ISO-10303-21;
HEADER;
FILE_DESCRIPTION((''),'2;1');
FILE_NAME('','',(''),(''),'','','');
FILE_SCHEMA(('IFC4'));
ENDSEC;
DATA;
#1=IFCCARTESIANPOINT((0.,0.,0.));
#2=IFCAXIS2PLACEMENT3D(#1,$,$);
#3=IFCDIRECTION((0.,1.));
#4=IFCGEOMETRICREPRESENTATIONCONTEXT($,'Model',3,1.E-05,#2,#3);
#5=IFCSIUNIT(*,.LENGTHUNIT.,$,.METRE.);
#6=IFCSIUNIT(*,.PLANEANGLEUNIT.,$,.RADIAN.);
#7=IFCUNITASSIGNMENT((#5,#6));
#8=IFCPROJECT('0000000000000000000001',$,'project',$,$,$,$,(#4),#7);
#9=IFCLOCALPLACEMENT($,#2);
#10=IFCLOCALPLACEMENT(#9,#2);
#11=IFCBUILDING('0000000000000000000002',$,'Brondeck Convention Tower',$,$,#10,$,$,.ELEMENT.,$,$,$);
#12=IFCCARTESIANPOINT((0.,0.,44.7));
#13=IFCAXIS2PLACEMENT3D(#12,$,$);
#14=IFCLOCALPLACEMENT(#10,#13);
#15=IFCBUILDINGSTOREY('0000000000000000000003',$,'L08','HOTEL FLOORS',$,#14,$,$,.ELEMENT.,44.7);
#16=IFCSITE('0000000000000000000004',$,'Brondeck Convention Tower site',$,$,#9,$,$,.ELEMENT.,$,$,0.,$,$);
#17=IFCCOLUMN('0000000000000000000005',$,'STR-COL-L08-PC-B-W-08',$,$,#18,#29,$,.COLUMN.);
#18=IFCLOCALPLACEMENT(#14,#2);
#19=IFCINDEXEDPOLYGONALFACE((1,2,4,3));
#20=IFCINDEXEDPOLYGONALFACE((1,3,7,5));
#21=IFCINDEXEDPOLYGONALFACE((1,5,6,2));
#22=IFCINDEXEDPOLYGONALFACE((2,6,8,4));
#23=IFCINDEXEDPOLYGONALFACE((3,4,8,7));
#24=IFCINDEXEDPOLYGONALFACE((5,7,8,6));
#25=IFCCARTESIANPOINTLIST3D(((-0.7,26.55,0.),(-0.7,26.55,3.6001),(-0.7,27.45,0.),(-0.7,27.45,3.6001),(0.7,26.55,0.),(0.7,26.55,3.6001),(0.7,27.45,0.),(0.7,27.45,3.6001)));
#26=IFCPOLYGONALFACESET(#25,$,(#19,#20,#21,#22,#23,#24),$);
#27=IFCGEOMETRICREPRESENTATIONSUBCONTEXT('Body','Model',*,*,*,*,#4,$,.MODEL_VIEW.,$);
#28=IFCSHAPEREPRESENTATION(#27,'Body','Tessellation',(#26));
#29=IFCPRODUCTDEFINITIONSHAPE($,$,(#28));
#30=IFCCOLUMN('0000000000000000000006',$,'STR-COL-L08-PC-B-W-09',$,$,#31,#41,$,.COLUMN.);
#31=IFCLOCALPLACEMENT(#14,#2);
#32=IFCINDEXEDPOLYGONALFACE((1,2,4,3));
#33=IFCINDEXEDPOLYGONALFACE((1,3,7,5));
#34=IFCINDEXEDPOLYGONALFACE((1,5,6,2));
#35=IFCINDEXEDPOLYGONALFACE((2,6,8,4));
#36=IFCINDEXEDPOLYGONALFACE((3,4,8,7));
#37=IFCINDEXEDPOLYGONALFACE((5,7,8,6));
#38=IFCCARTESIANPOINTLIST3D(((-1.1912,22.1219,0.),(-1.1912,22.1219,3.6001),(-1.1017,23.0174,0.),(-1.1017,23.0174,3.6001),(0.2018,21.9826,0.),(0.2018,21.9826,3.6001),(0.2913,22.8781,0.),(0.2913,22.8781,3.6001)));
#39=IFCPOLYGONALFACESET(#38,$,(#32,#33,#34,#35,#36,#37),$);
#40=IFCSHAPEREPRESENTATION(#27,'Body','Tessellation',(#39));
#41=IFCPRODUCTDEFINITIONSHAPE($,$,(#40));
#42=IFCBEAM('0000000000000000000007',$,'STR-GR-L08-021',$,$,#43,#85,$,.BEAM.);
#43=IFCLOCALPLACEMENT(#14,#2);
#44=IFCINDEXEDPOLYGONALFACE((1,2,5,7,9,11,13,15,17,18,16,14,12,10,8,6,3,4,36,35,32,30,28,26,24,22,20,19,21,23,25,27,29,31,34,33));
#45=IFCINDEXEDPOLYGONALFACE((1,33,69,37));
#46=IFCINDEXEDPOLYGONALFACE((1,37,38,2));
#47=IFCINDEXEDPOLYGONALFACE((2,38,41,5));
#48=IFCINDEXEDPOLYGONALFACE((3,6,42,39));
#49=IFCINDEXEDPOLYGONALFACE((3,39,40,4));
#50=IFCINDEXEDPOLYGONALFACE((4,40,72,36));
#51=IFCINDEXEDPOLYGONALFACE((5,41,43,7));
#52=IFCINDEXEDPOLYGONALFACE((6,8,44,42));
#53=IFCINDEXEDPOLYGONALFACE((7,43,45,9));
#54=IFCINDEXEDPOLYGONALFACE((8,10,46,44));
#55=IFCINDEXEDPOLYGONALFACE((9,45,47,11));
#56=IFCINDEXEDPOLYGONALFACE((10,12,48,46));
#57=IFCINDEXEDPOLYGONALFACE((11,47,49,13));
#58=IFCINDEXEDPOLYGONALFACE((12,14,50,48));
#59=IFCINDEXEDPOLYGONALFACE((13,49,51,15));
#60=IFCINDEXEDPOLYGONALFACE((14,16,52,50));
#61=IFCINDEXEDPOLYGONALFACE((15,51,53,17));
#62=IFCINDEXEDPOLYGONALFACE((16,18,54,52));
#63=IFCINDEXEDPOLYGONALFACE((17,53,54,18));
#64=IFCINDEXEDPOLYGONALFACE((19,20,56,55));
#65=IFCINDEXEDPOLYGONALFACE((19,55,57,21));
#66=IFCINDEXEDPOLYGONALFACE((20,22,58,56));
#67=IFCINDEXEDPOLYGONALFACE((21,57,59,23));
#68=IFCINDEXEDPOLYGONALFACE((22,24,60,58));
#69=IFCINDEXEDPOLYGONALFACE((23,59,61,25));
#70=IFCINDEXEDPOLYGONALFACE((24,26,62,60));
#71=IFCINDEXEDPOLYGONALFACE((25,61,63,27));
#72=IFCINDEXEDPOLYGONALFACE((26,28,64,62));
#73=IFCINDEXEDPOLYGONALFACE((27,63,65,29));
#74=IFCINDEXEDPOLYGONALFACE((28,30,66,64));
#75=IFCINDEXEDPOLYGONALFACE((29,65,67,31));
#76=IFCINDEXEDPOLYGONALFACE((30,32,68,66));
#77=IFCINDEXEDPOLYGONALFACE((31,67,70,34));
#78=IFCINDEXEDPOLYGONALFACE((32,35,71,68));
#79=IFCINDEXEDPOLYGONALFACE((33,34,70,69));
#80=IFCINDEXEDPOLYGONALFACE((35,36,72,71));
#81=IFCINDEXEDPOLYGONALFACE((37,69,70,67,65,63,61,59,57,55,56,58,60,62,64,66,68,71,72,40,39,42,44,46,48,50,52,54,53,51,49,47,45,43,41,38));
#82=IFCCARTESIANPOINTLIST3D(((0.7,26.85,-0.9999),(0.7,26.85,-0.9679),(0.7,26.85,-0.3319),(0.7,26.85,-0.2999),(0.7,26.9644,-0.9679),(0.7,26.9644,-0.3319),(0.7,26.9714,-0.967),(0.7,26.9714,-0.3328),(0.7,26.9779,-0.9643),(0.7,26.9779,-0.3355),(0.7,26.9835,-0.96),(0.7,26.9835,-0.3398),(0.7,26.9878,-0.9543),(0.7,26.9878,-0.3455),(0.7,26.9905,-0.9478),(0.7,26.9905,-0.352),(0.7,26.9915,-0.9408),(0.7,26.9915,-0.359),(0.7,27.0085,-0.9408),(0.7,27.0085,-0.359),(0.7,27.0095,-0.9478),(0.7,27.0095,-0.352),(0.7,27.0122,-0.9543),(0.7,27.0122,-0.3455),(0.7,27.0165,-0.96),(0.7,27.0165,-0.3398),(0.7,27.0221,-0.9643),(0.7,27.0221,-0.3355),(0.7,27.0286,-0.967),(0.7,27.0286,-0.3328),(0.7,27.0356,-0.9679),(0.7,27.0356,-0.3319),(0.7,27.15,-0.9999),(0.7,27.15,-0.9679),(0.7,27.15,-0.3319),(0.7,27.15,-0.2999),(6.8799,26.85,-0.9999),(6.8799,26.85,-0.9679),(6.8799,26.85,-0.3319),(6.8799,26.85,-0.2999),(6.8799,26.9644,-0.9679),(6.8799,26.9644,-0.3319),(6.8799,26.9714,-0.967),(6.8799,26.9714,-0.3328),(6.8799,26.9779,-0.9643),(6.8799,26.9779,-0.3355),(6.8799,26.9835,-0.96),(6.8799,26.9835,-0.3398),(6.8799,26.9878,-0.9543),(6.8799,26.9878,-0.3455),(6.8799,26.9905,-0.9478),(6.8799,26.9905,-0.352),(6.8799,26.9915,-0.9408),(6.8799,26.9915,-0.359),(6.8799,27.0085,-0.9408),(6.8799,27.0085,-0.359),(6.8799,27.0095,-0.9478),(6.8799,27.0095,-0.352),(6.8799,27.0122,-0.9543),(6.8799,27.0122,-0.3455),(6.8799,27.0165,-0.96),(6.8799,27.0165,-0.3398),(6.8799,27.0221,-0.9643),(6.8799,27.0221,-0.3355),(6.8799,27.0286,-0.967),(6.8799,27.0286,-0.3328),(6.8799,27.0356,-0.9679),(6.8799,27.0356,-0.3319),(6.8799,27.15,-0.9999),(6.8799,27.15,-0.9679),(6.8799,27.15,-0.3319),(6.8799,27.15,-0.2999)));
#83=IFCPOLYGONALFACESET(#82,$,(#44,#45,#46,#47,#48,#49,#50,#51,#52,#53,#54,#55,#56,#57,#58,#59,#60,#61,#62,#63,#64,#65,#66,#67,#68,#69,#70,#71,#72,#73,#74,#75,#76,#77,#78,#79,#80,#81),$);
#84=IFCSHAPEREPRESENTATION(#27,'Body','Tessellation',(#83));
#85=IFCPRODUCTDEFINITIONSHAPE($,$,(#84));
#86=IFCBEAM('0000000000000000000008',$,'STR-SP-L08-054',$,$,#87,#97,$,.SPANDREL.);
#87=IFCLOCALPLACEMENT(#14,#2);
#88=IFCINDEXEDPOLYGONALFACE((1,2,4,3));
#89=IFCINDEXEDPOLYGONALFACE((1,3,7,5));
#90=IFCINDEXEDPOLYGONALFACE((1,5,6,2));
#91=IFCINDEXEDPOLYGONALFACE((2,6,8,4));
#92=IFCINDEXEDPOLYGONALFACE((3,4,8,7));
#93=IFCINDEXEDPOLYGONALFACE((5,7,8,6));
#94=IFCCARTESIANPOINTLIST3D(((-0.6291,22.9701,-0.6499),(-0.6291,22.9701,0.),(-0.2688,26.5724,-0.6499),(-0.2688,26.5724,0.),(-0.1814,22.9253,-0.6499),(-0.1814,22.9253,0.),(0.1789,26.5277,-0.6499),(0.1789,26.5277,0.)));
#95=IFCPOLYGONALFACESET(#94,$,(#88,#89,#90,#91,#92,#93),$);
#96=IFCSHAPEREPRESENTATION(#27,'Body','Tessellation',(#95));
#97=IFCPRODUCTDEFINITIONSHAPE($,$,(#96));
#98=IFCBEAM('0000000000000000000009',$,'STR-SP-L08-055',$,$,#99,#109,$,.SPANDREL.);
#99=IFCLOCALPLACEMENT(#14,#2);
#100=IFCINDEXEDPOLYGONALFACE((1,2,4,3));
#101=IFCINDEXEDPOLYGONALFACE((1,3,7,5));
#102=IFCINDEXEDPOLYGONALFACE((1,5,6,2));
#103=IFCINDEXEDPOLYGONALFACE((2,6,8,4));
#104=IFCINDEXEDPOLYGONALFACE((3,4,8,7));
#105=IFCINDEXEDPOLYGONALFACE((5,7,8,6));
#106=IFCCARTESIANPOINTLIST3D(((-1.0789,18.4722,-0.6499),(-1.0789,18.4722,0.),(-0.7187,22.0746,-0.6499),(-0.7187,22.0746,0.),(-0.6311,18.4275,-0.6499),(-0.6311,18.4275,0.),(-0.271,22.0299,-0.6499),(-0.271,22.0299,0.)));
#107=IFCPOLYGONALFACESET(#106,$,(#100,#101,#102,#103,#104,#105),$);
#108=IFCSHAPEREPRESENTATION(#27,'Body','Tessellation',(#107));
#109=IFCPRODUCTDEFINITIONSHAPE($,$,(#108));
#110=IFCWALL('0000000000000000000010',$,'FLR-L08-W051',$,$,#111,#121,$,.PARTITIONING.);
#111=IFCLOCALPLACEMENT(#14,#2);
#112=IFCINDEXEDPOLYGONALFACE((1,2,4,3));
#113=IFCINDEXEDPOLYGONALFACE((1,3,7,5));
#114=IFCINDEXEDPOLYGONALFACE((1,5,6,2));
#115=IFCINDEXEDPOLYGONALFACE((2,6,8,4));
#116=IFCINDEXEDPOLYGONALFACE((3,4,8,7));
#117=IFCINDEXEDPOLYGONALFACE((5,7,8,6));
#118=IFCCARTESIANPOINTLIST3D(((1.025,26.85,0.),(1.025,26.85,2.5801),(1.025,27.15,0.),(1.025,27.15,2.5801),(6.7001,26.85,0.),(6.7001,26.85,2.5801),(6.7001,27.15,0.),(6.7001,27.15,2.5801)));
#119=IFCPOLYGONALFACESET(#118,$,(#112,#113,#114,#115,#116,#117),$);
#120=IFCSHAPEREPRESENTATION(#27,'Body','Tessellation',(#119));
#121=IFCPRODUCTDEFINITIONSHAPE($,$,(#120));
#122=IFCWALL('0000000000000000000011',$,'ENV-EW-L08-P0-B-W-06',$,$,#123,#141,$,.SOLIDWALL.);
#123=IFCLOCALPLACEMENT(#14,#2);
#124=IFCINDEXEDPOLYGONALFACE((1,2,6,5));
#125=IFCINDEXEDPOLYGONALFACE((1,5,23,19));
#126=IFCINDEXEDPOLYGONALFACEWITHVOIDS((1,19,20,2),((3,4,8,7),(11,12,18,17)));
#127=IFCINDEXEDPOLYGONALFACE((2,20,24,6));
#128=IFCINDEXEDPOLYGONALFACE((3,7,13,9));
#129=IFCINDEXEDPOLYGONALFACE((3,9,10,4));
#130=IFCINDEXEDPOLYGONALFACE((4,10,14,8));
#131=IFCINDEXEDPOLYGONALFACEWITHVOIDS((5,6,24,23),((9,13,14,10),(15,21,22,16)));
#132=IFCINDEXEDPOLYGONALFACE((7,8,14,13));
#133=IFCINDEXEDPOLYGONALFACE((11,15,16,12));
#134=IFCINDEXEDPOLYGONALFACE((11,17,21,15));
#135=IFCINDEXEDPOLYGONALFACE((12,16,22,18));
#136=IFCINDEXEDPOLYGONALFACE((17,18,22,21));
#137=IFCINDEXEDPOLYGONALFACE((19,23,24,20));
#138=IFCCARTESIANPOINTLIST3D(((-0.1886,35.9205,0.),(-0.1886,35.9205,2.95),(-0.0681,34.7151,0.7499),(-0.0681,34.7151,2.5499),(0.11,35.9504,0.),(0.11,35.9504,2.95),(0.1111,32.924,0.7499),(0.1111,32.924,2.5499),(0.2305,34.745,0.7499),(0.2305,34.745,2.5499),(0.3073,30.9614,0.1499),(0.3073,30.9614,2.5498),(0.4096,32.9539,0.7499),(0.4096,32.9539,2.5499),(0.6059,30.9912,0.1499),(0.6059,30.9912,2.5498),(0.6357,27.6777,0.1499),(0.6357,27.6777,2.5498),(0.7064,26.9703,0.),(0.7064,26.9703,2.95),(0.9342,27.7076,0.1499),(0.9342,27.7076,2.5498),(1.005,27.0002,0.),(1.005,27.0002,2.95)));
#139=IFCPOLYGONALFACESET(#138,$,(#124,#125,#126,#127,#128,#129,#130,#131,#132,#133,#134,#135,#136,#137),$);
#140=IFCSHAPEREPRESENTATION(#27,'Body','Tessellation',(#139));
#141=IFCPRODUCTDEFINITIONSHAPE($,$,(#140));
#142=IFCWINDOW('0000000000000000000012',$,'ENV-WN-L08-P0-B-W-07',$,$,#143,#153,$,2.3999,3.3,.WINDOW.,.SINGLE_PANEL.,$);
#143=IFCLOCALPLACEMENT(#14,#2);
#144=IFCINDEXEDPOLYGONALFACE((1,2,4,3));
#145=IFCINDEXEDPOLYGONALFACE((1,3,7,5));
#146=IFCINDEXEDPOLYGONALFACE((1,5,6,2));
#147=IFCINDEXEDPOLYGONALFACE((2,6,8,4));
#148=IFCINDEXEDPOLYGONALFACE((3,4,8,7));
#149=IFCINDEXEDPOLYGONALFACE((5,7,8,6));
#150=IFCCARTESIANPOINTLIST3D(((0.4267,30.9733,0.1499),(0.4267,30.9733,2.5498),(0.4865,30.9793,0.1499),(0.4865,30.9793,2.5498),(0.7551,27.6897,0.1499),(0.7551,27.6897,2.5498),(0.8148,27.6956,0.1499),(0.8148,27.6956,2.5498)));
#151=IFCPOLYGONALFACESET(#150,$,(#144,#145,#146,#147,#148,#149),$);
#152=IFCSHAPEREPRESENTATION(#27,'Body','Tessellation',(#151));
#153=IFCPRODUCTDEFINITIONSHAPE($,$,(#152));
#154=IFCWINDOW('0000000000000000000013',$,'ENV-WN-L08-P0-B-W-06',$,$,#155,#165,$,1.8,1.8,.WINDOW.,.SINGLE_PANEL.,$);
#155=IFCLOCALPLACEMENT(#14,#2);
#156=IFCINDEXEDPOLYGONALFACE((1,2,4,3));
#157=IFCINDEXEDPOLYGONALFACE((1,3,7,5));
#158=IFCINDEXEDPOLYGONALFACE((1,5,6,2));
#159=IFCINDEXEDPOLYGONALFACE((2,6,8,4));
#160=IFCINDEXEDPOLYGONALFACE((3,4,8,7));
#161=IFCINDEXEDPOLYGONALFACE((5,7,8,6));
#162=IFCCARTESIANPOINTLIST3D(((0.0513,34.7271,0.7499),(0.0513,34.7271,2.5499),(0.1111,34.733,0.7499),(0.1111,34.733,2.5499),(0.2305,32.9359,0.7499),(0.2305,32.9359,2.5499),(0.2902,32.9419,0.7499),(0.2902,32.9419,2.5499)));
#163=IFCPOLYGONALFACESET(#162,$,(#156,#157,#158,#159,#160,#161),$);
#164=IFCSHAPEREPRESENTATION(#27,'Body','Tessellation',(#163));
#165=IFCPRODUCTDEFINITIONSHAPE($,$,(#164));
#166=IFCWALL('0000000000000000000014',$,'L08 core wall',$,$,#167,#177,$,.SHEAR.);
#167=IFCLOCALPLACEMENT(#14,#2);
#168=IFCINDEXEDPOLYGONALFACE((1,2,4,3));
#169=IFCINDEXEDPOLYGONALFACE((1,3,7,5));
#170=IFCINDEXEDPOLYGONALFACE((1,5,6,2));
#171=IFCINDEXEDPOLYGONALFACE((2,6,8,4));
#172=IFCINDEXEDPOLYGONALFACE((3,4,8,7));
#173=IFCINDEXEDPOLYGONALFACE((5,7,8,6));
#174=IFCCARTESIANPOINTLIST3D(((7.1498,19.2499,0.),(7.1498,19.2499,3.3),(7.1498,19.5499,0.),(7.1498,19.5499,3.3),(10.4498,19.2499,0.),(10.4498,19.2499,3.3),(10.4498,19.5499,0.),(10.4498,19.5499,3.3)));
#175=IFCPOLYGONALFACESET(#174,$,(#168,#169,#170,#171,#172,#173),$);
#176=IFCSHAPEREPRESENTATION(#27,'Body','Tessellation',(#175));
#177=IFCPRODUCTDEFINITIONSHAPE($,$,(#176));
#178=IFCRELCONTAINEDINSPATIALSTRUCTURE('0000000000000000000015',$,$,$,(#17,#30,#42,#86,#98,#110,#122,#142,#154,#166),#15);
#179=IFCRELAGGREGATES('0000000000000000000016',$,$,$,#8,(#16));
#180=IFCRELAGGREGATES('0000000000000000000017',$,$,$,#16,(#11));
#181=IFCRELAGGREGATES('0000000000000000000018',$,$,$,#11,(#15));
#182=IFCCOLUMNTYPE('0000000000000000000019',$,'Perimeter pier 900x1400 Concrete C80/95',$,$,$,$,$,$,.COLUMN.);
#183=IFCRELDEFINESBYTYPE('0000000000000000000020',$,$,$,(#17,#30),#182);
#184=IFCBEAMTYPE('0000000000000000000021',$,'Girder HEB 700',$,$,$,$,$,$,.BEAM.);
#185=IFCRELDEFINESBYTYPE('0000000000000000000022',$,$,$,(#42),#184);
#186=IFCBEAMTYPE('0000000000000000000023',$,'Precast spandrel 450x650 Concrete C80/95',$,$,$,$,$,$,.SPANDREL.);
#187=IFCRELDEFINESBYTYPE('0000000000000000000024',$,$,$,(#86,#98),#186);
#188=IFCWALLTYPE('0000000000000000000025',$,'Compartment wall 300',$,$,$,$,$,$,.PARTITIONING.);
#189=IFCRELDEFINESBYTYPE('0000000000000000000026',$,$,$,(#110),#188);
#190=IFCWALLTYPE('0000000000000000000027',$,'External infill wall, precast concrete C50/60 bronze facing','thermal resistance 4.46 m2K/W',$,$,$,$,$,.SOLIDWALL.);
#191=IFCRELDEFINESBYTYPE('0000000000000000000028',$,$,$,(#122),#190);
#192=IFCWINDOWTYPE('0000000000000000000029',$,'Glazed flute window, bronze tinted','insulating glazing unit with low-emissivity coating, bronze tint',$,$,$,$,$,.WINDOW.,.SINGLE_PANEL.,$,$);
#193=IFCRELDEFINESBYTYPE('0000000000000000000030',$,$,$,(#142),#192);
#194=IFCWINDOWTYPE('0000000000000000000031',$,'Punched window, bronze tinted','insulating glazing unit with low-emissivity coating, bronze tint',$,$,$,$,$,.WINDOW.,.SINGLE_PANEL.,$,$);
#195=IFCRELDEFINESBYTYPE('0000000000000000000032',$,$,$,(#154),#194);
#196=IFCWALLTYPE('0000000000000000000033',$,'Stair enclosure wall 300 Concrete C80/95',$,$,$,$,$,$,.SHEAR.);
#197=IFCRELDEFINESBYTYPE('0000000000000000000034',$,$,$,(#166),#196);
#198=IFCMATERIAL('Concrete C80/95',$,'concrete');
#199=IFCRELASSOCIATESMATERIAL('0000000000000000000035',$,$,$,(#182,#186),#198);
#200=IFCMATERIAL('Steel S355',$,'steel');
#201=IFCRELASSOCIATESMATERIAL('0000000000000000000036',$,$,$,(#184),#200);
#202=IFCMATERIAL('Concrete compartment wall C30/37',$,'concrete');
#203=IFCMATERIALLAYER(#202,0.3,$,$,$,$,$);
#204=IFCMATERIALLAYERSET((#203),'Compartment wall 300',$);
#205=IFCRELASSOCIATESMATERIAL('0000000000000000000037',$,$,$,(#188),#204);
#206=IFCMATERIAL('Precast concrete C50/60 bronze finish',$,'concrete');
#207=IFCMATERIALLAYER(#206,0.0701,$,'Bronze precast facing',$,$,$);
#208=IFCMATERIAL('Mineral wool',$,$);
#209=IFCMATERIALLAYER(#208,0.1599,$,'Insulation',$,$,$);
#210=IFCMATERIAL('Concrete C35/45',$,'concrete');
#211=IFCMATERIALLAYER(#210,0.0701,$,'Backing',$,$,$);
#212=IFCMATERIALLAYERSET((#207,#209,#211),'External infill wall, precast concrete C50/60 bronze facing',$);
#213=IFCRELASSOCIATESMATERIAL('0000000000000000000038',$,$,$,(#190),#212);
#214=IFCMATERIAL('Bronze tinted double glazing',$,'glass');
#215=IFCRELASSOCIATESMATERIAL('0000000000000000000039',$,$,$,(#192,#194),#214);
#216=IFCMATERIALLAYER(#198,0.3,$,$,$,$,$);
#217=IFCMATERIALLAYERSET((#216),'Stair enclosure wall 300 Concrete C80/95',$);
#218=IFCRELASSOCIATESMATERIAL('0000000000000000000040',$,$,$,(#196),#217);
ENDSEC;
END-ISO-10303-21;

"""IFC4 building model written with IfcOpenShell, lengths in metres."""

from ifc_helpers import new_model, si_unit, direction, frame, frame_2d, origin, origin_2d, place, context, subcontext, project, spatial, rectangle, i_section, extrude, material, layer, layer_set, material_profile, profile_set, type_object, element, fill, save


model = new_model("IFC4")

# Units and contexts
model_context = context("Model", 3, precision=1e-05, world=origin(), true_north=direction((0.0, 1.0)))
body_context = subcontext(model_context, "Body", "Model", "MODEL_VIEW")
ifc_project = project(units=[si_unit("LENGTHUNIT", "METRE"), si_unit("PLANEANGLEUNIT", "RADIAN")], contexts=[model_context])

# Site, building, storey
site_placement = place(None, origin())
site = spatial("IfcSite", under=ifc_project, at=site_placement, Name="Brondeck Convention Tower site", CompositionType="ELEMENT", RefElevation=0.0)
building_placement = place(site_placement, origin())
building = spatial("IfcBuilding", under=site, at=building_placement, Name="Brondeck Convention Tower", CompositionType="ELEMENT")
storey_placement = place(building_placement, frame((0.0, 0.0, 44.7)))
storey = spatial("IfcBuildingStorey", under=building, at=storey_placement, Name="L08", Description="HOTEL FLOORS", CompositionType="ELEMENT", Elevation=44.7)

# Columns
ifc_material_1 = material(Name="Concrete C80/95", Category="concrete")
ifc_material_profile_1 = material_profile(ifc_material_1, rectangle(XDim=0.8999, YDim=1.3999, at=origin_2d()), Name="Perimeter pier 900x1400 Concrete C80/95")
ifc_profile_set_1 = profile_set([ifc_material_profile_1], Name="Concrete C80/95")
column_type = type_object("IfcColumnType", Name="Perimeter pier 900x1400 Concrete C80/95", PredefinedType="COLUMN", material=ifc_profile_set_1)
for number, where, z_axis, x_axis, name in (
    (1, (0.0, 27.0, 0.0), (0.0, 0.0, 1.0), (0.0, -1.0, 0.0), "STR-COL-L08-PC-B-W-08"),
    (2, (-0.45, 22.5, 0.0), (0.0, 0.0, 1.0), (-0.099504, -0.995037, 0.0), "STR-COL-L08-PC-B-W-09"),
):
    element("IfcColumn", number, at=place(storey_placement, frame(where, z_axis=z_axis, x_axis=x_axis)), inside=storey, type_object=column_type, Name=name, PredefinedType="COLUMN", context=body_context, shape_type="SweptSolid", body=[
        extrude(rectangle(XDim=0.8999, YDim=1.3999, at=origin_2d()), origin(), (0.0, 0.0, 1.0), 3.6001),
    ])

# Beams
ifc_material_2 = material(Name="Steel S355", Category="steel")
ifc_material_profile_2 = material_profile(ifc_material_2, i_section(OverallWidth=0.3, OverallDepth=0.7, WebThickness=0.0171, FlangeThickness=0.032, FilletRadius=0.0271, at=origin_2d()), Name="HEB 700")
ifc_profile_set_2 = profile_set([ifc_material_profile_2], Name="Steel S355")
beam_type_1 = type_object("IfcBeamType", Name="Girder HEB 700", PredefinedType="BEAM", material=ifc_profile_set_2)
beam_placement = place(storey_placement, frame((0.7, 27.0, -0.6499), z_axis=(1.0, 0.0, 0.0), x_axis=(0.0, 1.0, 0.0)))
element("IfcBeam", 3, at=beam_placement, inside=storey, type_object=beam_type_1, Name="STR-GR-L08-021", PredefinedType="BEAM", context=body_context, shape_type="SweptSolid", body=[
    extrude(i_section(OverallWidth=0.3, OverallDepth=0.7, WebThickness=0.0171, FlangeThickness=0.032, FilletRadius=0.0271, at=origin_2d()), origin(), (0.0, 0.0, 1.0), 6.1799),
])
ifc_material_profile_3 = material_profile(ifc_material_1, rectangle(XDim=0.45, YDim=0.6499, at=origin_2d()), Name="Precast spandrel 450x650 Concrete C80/95")
ifc_profile_set_3 = profile_set([ifc_material_profile_3], Name="Concrete C80/95")
beam_type_2 = type_object("IfcBeamType", Name="Precast spandrel 450x650 Concrete C80/95", PredefinedType="SPANDREL", material=ifc_profile_set_3)
for number, where, z_axis, x_axis, name in (
    (4, (-0.0449, 26.55, -0.325), (-0.099537, -0.995034, 0.0), (0.995034, -0.099537, 0.0), "STR-SP-L08-054"),
    (5, (-0.4949, 22.0522, -0.325), (-0.09947, -0.995041, 0.0), (0.995041, -0.09947, 0.0), "STR-SP-L08-055"),
):
    element("IfcBeam", number, at=place(storey_placement, frame(where, z_axis=z_axis, x_axis=x_axis)), inside=storey, type_object=beam_type_2, Name=name, PredefinedType="SPANDREL", context=body_context, shape_type="SweptSolid", body=[
        extrude(rectangle(XDim=0.45, YDim=0.6499, at=origin_2d()), origin(), (0.0, 0.0, 1.0), 3.6204),
    ])

# Wall
ifc_material_3 = material(Name="Concrete compartment wall C30/37", Category="concrete")
ifc_layer_1 = layer(ifc_material_3, 0.3)
ifc_layer_set_1 = layer_set([ifc_layer_1], Name="Compartment wall 300")
wall_type_1 = type_object("IfcWallType", Name="Compartment wall 300", PredefinedType="PARTITIONING", material=ifc_layer_set_1)
wall_1_placement = place(storey_placement, frame((6.7, 27.0, 0.0), z_axis=(0.0, 0.0, 1.0), x_axis=(-1.0, 0.0, 0.0)))
element("IfcWall", 6, at=wall_1_placement, inside=storey, type_object=wall_type_1, Name="FLR-L08-W051", PredefinedType="PARTITIONING", context=body_context, shape_type="SweptSolid", body=[
    extrude(rectangle(XDim=5.675, YDim=0.3, at=frame_2d((2.8374, 0.0))), origin(), (0.0, 0.0, 1.0), 2.5801),
])

# Wall, openings, windows
ifc_material_4 = material(Name="Precast concrete C50/60 bronze finish", Category="concrete")
ifc_layer_2 = layer(ifc_material_4, 0.0701, Name="Bronze precast facing")
ifc_material_5 = material(Name="Mineral wool")
ifc_layer_3 = layer(ifc_material_5, 0.1599, Name="Insulation")
ifc_material_6 = material(Name="Concrete C35/45", Category="concrete")
ifc_layer_4 = layer(ifc_material_6, 0.0701, Name="Backing")
ifc_layer_set_2 = layer_set([ifc_layer_2, ifc_layer_3, ifc_layer_4], Name="External infill wall, precast concrete C50/60 bronze facing")
wall_type_2 = type_object("IfcWallType", Name="External infill wall, precast concrete C50/60 bronze facing", Description="thermal resistance 4.46 m2K/W", PredefinedType="SOLIDWALL", material=ifc_layer_set_2)
wall_2_placement = place(storey_placement, frame((0.8557, 26.9851, 0.0), z_axis=(0.0, 0.0, 1.0), x_axis=(-0.099504, 0.995037, 0.0)))
wall_2 = element("IfcWall", 7, at=wall_2_placement, inside=storey, type_object=wall_type_2, Name="ENV-EW-L08-P0-B-W-06", PredefinedType="SOLIDWALL", context=body_context, shape_type="SweptSolid", body=[
    extrude(rectangle(XDim=8.9949, YDim=0.3, at=frame_2d((4.4976, 0.0))), origin(), (0.0, 0.0, 1.0), 2.95),
])
opening_1_placement = place(wall_2_placement, frame((0.7112, 0.0, 0.1499)))
opening_1 = element("IfcOpeningElement", 8, at=opening_1_placement, cuts=wall_2, PredefinedType="OPENING", context=body_context, shape_type="SweptSolid", body=[
    extrude(rectangle(XDim=3.3, YDim=2.3999, at=frame_2d((1.6499, 1.2))), frame((0.0, 0.1599, 0.0), z_axis=(0.0, -1.0, 0.0), x_axis=(1.0, 0.0, 0.0)), (0.0, 0.0, 1.0), 0.3201),
])
opening_2_placement = place(wall_2_placement, frame((5.9836, 0.0, 0.75)))
opening_2 = element("IfcOpeningElement", 9, at=opening_2_placement, cuts=wall_2, PredefinedType="OPENING", context=body_context, shape_type="SweptSolid", body=[
    extrude(rectangle(XDim=1.8, YDim=1.8, at=frame_2d((0.8999, 0.8999))), frame((0.0, 0.1599, 0.0), z_axis=(0.0, -1.0, 0.0), x_axis=(1.0, 0.0, 0.0)), (0.0, 0.0, 1.0), 0.3201),
])
ifc_material_7 = material(Name="Bronze tinted double glazing", Category="glass")
window_type_1 = type_object("IfcWindowType", Name="Glazed flute window, bronze tinted", Description="insulating glazing unit with low-emissivity coating, bronze tint", PartitioningType="SINGLE_PANEL", PredefinedType="WINDOW", material=ifc_material_7)
window_1_placement = place(opening_1_placement, origin())
window_1 = element("IfcWindow", 10, at=window_1_placement, inside=storey, type_object=window_type_1, Name="ENV-WN-L08-P0-B-W-07", OverallHeight=2.3999, OverallWidth=3.3, PartitioningType="SINGLE_PANEL", PredefinedType="WINDOW", context=body_context, shape_type="SweptSolid", body=[
    extrude(rectangle(XDim=3.3, YDim=2.3999, at=frame_2d((1.6499, 1.2))), frame((0.0, 0.03, 0.0), z_axis=(0.0, -1.0, 0.0), x_axis=(1.0, 0.0, 0.0)), (0.0, 0.0, 1.0), 0.0601),
])
fill(opening_1, window_1)
window_type_2 = type_object("IfcWindowType", Name="Punched window, bronze tinted", Description="insulating glazing unit with low-emissivity coating, bronze tint", PartitioningType="SINGLE_PANEL", PredefinedType="WINDOW", material=ifc_material_7)
window_2_placement = place(opening_2_placement, origin())
window_2 = element("IfcWindow", 11, at=window_2_placement, inside=storey, type_object=window_type_2, Name="ENV-WN-L08-P0-B-W-06", OverallHeight=1.8, OverallWidth=1.8, PartitioningType="SINGLE_PANEL", PredefinedType="WINDOW", context=body_context, shape_type="SweptSolid", body=[
    extrude(rectangle(XDim=1.8, YDim=1.8, at=frame_2d((0.8999, 0.8999))), frame((0.0, 0.03, 0.0), z_axis=(0.0, -1.0, 0.0), x_axis=(1.0, 0.0, 0.0)), (0.0, 0.0, 1.0), 0.0601),
])
fill(opening_2, window_2)

# Wall
ifc_layer_5 = layer(ifc_material_1, 0.3)
ifc_layer_set_3 = layer_set([ifc_layer_5], Name="Stair enclosure wall 300 Concrete C80/95")
wall_type_3 = type_object("IfcWallType", Name="Stair enclosure wall 300 Concrete C80/95", PredefinedType="SHEAR", material=ifc_layer_set_3)
wall_3_placement = place(storey_placement, frame((7.1499, 19.3999, 0.0), z_axis=(0.0, 0.0, 1.0), x_axis=(1.0, 0.0, 0.0)))
element("IfcWall", 12, at=wall_3_placement, inside=storey, type_object=wall_type_3, Name="L08 core wall", PredefinedType="SHEAR", context=body_context, shape_type="SweptSolid", body=[
    extrude(rectangle(XDim=3.3, YDim=0.3, at=frame_2d((1.6499, 0.0))), origin(), (0.0, 0.0, 1.0), 3.3),
])

save(model, "model.ifc")
